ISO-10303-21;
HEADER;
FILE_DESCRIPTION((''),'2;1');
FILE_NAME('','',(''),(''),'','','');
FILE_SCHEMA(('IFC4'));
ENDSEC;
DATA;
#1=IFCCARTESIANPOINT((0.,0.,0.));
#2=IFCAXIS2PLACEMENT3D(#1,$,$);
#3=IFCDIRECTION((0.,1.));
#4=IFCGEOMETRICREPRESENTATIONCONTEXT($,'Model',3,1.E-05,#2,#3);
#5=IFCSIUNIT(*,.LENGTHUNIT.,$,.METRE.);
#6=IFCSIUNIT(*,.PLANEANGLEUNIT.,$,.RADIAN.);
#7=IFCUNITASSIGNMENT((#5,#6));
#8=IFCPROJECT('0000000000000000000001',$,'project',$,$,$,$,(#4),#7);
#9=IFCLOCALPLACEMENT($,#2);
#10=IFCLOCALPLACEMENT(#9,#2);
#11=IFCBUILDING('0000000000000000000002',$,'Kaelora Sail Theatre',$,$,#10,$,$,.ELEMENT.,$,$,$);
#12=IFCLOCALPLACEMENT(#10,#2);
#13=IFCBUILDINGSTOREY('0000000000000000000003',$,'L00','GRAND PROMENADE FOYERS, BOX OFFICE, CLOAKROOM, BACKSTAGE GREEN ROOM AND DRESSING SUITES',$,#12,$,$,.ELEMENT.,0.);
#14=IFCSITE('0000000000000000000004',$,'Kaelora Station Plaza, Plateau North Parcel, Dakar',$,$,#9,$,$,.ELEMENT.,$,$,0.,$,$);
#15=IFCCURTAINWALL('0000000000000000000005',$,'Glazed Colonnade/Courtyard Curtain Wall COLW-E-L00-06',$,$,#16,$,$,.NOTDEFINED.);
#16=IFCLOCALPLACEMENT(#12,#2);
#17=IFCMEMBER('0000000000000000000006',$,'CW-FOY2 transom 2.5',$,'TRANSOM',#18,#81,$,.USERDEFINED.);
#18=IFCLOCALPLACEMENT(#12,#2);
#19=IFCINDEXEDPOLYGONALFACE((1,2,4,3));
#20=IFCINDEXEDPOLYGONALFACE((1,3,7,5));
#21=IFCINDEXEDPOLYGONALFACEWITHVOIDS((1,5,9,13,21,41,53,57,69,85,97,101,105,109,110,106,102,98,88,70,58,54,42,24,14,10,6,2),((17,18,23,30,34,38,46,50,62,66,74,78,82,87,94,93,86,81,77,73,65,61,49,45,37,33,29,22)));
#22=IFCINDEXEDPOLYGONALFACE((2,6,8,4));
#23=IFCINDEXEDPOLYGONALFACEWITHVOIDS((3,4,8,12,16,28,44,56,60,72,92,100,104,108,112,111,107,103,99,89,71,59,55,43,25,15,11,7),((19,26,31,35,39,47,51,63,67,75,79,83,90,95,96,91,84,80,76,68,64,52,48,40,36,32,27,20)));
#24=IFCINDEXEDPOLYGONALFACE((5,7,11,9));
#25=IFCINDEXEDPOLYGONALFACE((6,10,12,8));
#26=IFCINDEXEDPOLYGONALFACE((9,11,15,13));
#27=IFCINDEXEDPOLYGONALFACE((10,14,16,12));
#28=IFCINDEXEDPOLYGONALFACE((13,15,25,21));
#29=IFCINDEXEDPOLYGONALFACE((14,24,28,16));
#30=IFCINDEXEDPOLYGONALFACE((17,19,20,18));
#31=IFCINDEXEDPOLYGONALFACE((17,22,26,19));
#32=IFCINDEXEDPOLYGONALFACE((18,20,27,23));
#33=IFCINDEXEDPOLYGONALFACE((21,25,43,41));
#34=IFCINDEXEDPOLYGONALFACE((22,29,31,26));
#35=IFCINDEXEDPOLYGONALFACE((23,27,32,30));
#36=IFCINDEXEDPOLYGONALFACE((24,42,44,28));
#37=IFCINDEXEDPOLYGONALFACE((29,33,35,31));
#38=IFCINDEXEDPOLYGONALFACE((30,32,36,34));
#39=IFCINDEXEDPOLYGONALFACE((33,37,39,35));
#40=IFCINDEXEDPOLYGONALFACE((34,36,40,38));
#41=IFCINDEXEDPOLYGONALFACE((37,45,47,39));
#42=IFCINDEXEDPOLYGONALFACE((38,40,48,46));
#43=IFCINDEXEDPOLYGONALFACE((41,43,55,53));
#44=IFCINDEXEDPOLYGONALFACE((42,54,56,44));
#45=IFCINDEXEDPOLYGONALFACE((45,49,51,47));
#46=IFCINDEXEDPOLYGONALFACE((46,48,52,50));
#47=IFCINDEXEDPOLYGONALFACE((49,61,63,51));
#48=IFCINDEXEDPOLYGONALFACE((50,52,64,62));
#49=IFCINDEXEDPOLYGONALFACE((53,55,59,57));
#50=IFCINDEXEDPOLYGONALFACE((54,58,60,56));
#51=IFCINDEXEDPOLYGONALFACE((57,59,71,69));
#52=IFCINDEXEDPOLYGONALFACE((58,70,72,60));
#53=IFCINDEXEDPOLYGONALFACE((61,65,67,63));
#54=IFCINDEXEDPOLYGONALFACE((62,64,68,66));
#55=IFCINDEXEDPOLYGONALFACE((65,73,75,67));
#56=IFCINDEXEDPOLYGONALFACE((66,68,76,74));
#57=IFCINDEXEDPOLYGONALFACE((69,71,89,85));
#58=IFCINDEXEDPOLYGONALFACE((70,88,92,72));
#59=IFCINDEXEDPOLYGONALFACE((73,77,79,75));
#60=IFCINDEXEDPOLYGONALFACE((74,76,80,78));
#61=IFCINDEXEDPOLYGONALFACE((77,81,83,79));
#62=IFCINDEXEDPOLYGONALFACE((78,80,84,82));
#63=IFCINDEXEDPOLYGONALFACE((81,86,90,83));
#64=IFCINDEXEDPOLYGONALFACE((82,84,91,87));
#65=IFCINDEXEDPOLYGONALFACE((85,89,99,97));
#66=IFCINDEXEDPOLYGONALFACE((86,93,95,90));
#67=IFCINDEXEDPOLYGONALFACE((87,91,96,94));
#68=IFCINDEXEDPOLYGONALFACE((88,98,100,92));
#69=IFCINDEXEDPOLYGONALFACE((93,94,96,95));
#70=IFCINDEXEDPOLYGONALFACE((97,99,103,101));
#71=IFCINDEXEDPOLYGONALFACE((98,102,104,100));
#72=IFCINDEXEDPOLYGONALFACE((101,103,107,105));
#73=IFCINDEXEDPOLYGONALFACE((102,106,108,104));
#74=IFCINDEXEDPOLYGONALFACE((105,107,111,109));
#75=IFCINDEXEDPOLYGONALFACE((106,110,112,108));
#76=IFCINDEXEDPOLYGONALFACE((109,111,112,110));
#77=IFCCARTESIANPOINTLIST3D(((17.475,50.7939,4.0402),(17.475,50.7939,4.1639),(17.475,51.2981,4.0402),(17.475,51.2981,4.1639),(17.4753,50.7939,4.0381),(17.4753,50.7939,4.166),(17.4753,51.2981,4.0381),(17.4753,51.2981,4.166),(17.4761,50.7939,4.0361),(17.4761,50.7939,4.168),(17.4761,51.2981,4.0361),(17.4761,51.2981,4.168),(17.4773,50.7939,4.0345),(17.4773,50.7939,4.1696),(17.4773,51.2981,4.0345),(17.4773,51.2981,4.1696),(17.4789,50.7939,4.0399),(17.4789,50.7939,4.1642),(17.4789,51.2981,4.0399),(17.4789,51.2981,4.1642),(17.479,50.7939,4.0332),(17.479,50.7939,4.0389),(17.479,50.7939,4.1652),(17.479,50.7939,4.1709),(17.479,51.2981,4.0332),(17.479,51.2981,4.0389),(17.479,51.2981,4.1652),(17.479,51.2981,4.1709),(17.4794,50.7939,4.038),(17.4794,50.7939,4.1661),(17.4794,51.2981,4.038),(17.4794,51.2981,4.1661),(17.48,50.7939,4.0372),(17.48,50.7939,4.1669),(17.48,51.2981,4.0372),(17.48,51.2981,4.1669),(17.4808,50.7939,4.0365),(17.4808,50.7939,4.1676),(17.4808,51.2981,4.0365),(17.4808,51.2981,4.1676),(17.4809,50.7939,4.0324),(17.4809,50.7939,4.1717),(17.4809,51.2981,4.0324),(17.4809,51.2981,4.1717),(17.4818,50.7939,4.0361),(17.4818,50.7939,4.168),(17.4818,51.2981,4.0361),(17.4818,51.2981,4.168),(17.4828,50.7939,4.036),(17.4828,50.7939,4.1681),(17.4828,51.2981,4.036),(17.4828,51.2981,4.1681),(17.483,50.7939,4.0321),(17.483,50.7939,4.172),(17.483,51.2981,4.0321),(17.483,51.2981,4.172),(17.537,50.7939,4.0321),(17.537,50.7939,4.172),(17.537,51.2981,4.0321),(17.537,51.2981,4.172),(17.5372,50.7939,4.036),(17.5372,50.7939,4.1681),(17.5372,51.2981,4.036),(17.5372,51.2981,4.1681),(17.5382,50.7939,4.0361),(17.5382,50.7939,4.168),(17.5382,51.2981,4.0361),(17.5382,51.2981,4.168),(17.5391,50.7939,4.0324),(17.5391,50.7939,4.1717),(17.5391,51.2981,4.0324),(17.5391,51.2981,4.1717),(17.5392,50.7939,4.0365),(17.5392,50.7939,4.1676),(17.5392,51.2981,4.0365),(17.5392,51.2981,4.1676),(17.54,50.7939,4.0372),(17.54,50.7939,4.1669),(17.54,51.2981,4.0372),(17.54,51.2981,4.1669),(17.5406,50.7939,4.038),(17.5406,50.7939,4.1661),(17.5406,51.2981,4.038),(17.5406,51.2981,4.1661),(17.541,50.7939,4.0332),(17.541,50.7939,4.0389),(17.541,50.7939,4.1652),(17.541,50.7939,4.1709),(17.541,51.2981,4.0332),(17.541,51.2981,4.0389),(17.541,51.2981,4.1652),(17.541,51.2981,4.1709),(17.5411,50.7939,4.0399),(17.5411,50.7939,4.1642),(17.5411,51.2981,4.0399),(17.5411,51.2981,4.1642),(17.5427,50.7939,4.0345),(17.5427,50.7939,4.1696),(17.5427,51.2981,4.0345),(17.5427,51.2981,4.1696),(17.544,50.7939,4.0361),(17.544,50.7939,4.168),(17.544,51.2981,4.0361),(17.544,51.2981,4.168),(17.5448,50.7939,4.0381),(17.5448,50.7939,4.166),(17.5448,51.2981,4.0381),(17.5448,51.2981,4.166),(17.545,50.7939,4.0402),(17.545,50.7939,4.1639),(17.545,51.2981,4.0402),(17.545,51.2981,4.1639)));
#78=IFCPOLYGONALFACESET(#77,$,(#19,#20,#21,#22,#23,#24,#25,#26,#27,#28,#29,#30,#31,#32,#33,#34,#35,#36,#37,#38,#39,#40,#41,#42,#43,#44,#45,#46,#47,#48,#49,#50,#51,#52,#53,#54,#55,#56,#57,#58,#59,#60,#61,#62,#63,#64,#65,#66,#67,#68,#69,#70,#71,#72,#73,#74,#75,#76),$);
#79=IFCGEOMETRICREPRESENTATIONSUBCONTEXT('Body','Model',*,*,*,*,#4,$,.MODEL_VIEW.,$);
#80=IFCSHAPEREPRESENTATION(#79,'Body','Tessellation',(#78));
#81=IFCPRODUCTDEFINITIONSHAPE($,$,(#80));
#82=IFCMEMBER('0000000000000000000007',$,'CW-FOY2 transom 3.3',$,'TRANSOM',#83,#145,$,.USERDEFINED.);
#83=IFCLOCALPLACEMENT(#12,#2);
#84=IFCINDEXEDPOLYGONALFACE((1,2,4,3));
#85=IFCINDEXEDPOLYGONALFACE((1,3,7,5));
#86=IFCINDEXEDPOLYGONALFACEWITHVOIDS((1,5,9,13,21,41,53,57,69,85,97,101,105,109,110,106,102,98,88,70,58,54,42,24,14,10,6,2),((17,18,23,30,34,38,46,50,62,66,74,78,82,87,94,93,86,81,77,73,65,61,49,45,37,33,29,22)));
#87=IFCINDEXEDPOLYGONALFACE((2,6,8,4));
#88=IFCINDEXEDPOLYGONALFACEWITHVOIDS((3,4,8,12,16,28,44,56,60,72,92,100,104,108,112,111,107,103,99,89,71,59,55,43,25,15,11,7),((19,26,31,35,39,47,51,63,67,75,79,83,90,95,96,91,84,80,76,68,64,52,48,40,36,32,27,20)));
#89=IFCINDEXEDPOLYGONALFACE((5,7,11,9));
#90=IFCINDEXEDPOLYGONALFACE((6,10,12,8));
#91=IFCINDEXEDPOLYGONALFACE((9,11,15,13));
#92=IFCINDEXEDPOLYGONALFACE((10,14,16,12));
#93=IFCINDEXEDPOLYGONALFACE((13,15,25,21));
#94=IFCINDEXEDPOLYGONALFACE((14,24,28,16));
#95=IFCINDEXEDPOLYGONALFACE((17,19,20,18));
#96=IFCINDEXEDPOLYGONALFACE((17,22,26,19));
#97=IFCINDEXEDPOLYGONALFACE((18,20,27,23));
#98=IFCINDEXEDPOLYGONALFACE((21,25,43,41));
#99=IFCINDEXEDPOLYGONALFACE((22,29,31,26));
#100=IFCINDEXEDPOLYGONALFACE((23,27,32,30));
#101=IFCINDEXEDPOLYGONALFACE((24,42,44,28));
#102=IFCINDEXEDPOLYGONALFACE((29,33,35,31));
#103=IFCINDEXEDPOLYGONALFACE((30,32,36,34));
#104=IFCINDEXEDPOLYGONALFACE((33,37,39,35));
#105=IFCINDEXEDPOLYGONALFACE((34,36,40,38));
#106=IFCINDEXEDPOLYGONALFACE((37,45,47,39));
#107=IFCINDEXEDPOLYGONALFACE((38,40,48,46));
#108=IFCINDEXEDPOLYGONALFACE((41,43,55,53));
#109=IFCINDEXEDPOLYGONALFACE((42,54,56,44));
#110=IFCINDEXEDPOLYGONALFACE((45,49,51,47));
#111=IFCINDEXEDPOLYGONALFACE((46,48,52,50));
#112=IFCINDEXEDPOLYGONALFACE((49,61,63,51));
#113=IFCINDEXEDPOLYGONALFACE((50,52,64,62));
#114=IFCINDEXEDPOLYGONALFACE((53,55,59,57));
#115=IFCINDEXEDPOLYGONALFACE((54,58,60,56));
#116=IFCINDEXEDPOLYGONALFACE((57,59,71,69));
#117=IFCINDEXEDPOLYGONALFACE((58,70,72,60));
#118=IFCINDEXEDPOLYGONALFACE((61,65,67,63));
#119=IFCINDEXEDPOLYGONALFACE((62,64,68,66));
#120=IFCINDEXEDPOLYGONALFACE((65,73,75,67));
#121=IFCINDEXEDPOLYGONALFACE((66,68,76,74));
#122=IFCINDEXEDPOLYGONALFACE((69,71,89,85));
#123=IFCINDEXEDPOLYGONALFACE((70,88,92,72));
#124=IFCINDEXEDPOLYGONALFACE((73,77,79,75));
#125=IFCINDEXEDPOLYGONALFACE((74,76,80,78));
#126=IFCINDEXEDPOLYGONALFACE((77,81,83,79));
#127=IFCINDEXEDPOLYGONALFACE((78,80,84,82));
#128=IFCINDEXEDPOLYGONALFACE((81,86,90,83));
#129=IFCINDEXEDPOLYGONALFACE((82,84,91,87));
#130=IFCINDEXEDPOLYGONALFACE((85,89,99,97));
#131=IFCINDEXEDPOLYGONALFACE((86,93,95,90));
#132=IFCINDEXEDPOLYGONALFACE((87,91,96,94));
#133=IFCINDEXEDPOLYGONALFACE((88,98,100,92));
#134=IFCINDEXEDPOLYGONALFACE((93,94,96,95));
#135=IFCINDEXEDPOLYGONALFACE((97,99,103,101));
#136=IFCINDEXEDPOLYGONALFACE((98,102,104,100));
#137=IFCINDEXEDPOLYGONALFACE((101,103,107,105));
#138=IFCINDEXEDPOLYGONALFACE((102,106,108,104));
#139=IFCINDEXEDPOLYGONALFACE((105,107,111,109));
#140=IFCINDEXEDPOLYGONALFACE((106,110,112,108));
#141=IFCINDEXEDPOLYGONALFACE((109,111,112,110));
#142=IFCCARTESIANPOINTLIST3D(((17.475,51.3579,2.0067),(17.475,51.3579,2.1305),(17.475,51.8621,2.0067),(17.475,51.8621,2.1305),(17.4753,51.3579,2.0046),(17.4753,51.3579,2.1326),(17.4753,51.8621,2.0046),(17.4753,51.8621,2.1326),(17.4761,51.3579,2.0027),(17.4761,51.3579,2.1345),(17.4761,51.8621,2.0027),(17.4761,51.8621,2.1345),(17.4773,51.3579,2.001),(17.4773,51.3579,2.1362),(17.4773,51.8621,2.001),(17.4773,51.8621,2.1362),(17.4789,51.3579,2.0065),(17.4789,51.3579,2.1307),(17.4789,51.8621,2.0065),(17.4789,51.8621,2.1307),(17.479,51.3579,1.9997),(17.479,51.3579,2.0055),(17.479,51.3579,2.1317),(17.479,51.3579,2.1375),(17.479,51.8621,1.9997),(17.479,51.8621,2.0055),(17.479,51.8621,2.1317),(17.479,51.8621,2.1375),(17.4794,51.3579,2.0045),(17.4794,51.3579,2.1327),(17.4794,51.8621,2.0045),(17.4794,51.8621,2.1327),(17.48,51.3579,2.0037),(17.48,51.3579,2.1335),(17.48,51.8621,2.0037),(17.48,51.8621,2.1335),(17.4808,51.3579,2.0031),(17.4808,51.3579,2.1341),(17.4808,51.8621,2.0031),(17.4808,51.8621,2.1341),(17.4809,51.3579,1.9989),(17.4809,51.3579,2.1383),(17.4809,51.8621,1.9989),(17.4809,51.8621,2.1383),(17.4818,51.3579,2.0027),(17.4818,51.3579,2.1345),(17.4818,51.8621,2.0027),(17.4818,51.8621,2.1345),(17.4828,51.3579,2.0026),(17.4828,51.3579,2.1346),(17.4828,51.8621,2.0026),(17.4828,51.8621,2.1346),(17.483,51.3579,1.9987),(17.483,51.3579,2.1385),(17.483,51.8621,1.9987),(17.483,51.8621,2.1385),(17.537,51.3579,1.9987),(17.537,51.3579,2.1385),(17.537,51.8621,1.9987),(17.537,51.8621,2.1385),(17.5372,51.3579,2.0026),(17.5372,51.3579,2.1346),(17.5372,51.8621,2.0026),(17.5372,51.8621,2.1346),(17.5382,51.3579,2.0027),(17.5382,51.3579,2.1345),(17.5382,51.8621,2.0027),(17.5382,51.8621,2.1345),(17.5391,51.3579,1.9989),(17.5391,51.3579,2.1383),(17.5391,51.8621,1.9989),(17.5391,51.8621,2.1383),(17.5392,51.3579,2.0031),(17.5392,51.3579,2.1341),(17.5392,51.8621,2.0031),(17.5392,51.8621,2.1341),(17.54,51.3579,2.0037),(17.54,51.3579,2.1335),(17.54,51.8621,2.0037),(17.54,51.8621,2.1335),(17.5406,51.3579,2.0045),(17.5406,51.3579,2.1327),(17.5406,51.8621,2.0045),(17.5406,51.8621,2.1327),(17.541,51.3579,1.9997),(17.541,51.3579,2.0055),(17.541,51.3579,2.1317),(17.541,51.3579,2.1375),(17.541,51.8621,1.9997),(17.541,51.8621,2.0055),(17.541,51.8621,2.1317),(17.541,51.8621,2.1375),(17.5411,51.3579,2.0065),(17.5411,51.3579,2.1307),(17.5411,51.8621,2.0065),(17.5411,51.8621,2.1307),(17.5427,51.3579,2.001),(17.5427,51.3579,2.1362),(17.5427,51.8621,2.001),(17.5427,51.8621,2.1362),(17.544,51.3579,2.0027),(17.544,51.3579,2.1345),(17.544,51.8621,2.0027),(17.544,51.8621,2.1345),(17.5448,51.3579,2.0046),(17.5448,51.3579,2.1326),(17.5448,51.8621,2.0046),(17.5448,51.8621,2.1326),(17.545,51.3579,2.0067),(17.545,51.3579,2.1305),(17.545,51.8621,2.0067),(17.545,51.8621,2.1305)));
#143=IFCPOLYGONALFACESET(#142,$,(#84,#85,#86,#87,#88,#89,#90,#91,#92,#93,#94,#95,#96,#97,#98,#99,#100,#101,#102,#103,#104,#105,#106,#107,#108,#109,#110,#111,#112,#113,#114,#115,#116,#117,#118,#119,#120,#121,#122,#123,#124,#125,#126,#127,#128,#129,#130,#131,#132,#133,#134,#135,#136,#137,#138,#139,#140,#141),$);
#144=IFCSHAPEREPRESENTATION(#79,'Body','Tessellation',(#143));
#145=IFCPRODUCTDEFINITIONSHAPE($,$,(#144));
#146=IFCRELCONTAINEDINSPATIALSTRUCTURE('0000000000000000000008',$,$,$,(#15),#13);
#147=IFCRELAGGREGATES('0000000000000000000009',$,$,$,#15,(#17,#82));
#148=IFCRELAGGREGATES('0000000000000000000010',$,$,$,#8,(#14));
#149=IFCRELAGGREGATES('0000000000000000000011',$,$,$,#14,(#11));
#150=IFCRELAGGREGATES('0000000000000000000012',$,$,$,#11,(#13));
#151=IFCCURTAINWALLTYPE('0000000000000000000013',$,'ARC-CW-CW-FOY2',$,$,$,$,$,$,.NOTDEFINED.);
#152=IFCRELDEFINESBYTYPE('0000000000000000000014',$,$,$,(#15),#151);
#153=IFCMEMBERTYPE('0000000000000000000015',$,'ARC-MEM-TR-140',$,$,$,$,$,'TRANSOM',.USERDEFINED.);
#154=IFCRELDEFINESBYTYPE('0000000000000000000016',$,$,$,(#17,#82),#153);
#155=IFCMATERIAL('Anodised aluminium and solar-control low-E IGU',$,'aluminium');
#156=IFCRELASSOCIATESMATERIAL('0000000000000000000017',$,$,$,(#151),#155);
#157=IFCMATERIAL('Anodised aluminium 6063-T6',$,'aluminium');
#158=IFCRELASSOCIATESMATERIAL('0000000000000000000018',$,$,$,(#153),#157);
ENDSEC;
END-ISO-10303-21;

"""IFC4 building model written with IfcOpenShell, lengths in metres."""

from ifc_helpers import new_model, si_unit, direction, frame, origin, origin_2d, place, context, subcontext, project, spatial, hollow_rectangle, extrude, material, material_profile, profile_set, type_object, element, aggregate, save


model = new_model("IFC4")

# Units and contexts
model_context = context("Model", 3, precision=1e-05, world=origin(), true_north=direction((0.0, 1.0)))
body_context = subcontext(model_context, "Body", "Model", "MODEL_VIEW")
ifc_project = project(units=[si_unit("LENGTHUNIT", "METRE"), si_unit("PLANEANGLEUNIT", "RADIAN")], contexts=[model_context])

# Site, building, storey
site_placement = place(None, origin())
site = spatial("IfcSite", under=ifc_project, at=site_placement, Name="Kaelora Station Plaza, Plateau North Parcel, Dakar", CompositionType="ELEMENT", RefElevation=0.0)
building_placement = place(site_placement, origin())
building = spatial("IfcBuilding", under=site, at=building_placement, Name="Kaelora Sail Theatre", CompositionType="ELEMENT")
storey_placement = place(building_placement, origin())
storey = spatial("IfcBuildingStorey", under=building, at=storey_placement, Name="L00", Description="GRAND PROMENADE FOYERS, BOX OFFICE, CLOAKROOM, BACKSTAGE GREEN ROOM AND DRESSING SUITES", CompositionType="ELEMENT", Elevation=0.0)

# Curtain wall, members
ifc_material_1 = material(Name="Anodised aluminium and solar-control low-E IGU", Category="aluminium")
curtain_wall_type = type_object("IfcCurtainWallType", Name="ARC-CW-CW-FOY2", PredefinedType="NOTDEFINED", material=ifc_material_1)
ifc_material_2 = material(Name="Anodised aluminium 6063-T6", Category="aluminium")
ifc_material_profile = material_profile(ifc_material_2, hollow_rectangle(XDim=0.0701, YDim=0.1399, WallThickness=0.0039, InnerFilletRadius=0.0039, OuterFilletRadius=0.0081, at=origin_2d()), Name="ALU-TRAN 70x140x4")
ifc_profile_set = profile_set([ifc_material_profile], Name="Anodised aluminium 6063-T6")
member_type = type_object("IfcMemberType", Name="ARC-MEM-TR-140", ElementType="TRANSOM", PredefinedType="USERDEFINED", material=ifc_profile_set)
curtain_wall_1_placement = place(storey_placement, origin())
curtain_wall_1 = element("IfcCurtainWall", 1, at=curtain_wall_1_placement, inside=storey, type_object=curtain_wall_type, Name="Glazed Colonnade/Courtyard Curtain Wall COLW-E-L00-06", PredefinedType="NOTDEFINED")
member_1_placement = place(storey_placement, frame((17.51, 50.7939, 4.1021), z_axis=(0.0, 1.0, 0.0), x_axis=(-1.0, 0.0, 0.0)))
member_1 = element("IfcMember", 2, at=member_1_placement, type_object=member_type, Name="CW-FOY2 transom 2.5", ObjectType="TRANSOM", PredefinedType="USERDEFINED", context=body_context, shape_type="SweptSolid", body=[
    extrude(hollow_rectangle(XDim=0.0701, YDim=0.1399, WallThickness=0.0039, InnerFilletRadius=0.0039, OuterFilletRadius=0.0081, at=origin_2d()), origin(), (0.0, 0.0, 1.0), 0.5042),
])
member_2_placement = place(storey_placement, frame((17.51, 51.3579, 2.0686), z_axis=(0.0, 1.0, 0.0), x_axis=(-1.0, 0.0, 0.0)))
member_2 = element("IfcMember", 3, at=member_2_placement, type_object=member_type, Name="CW-FOY2 transom 3.3", ObjectType="TRANSOM", PredefinedType="USERDEFINED", context=body_context, shape_type="SweptSolid", body=[
    extrude(hollow_rectangle(XDim=0.0701, YDim=0.1399, WallThickness=0.0039, InnerFilletRadius=0.0039, OuterFilletRadius=0.0081, at=origin_2d()), origin(), (0.0, 0.0, 1.0), 0.5042),
])

aggregate(curtain_wall_1, [member_1, member_2])

save(model, "model.ifc")
